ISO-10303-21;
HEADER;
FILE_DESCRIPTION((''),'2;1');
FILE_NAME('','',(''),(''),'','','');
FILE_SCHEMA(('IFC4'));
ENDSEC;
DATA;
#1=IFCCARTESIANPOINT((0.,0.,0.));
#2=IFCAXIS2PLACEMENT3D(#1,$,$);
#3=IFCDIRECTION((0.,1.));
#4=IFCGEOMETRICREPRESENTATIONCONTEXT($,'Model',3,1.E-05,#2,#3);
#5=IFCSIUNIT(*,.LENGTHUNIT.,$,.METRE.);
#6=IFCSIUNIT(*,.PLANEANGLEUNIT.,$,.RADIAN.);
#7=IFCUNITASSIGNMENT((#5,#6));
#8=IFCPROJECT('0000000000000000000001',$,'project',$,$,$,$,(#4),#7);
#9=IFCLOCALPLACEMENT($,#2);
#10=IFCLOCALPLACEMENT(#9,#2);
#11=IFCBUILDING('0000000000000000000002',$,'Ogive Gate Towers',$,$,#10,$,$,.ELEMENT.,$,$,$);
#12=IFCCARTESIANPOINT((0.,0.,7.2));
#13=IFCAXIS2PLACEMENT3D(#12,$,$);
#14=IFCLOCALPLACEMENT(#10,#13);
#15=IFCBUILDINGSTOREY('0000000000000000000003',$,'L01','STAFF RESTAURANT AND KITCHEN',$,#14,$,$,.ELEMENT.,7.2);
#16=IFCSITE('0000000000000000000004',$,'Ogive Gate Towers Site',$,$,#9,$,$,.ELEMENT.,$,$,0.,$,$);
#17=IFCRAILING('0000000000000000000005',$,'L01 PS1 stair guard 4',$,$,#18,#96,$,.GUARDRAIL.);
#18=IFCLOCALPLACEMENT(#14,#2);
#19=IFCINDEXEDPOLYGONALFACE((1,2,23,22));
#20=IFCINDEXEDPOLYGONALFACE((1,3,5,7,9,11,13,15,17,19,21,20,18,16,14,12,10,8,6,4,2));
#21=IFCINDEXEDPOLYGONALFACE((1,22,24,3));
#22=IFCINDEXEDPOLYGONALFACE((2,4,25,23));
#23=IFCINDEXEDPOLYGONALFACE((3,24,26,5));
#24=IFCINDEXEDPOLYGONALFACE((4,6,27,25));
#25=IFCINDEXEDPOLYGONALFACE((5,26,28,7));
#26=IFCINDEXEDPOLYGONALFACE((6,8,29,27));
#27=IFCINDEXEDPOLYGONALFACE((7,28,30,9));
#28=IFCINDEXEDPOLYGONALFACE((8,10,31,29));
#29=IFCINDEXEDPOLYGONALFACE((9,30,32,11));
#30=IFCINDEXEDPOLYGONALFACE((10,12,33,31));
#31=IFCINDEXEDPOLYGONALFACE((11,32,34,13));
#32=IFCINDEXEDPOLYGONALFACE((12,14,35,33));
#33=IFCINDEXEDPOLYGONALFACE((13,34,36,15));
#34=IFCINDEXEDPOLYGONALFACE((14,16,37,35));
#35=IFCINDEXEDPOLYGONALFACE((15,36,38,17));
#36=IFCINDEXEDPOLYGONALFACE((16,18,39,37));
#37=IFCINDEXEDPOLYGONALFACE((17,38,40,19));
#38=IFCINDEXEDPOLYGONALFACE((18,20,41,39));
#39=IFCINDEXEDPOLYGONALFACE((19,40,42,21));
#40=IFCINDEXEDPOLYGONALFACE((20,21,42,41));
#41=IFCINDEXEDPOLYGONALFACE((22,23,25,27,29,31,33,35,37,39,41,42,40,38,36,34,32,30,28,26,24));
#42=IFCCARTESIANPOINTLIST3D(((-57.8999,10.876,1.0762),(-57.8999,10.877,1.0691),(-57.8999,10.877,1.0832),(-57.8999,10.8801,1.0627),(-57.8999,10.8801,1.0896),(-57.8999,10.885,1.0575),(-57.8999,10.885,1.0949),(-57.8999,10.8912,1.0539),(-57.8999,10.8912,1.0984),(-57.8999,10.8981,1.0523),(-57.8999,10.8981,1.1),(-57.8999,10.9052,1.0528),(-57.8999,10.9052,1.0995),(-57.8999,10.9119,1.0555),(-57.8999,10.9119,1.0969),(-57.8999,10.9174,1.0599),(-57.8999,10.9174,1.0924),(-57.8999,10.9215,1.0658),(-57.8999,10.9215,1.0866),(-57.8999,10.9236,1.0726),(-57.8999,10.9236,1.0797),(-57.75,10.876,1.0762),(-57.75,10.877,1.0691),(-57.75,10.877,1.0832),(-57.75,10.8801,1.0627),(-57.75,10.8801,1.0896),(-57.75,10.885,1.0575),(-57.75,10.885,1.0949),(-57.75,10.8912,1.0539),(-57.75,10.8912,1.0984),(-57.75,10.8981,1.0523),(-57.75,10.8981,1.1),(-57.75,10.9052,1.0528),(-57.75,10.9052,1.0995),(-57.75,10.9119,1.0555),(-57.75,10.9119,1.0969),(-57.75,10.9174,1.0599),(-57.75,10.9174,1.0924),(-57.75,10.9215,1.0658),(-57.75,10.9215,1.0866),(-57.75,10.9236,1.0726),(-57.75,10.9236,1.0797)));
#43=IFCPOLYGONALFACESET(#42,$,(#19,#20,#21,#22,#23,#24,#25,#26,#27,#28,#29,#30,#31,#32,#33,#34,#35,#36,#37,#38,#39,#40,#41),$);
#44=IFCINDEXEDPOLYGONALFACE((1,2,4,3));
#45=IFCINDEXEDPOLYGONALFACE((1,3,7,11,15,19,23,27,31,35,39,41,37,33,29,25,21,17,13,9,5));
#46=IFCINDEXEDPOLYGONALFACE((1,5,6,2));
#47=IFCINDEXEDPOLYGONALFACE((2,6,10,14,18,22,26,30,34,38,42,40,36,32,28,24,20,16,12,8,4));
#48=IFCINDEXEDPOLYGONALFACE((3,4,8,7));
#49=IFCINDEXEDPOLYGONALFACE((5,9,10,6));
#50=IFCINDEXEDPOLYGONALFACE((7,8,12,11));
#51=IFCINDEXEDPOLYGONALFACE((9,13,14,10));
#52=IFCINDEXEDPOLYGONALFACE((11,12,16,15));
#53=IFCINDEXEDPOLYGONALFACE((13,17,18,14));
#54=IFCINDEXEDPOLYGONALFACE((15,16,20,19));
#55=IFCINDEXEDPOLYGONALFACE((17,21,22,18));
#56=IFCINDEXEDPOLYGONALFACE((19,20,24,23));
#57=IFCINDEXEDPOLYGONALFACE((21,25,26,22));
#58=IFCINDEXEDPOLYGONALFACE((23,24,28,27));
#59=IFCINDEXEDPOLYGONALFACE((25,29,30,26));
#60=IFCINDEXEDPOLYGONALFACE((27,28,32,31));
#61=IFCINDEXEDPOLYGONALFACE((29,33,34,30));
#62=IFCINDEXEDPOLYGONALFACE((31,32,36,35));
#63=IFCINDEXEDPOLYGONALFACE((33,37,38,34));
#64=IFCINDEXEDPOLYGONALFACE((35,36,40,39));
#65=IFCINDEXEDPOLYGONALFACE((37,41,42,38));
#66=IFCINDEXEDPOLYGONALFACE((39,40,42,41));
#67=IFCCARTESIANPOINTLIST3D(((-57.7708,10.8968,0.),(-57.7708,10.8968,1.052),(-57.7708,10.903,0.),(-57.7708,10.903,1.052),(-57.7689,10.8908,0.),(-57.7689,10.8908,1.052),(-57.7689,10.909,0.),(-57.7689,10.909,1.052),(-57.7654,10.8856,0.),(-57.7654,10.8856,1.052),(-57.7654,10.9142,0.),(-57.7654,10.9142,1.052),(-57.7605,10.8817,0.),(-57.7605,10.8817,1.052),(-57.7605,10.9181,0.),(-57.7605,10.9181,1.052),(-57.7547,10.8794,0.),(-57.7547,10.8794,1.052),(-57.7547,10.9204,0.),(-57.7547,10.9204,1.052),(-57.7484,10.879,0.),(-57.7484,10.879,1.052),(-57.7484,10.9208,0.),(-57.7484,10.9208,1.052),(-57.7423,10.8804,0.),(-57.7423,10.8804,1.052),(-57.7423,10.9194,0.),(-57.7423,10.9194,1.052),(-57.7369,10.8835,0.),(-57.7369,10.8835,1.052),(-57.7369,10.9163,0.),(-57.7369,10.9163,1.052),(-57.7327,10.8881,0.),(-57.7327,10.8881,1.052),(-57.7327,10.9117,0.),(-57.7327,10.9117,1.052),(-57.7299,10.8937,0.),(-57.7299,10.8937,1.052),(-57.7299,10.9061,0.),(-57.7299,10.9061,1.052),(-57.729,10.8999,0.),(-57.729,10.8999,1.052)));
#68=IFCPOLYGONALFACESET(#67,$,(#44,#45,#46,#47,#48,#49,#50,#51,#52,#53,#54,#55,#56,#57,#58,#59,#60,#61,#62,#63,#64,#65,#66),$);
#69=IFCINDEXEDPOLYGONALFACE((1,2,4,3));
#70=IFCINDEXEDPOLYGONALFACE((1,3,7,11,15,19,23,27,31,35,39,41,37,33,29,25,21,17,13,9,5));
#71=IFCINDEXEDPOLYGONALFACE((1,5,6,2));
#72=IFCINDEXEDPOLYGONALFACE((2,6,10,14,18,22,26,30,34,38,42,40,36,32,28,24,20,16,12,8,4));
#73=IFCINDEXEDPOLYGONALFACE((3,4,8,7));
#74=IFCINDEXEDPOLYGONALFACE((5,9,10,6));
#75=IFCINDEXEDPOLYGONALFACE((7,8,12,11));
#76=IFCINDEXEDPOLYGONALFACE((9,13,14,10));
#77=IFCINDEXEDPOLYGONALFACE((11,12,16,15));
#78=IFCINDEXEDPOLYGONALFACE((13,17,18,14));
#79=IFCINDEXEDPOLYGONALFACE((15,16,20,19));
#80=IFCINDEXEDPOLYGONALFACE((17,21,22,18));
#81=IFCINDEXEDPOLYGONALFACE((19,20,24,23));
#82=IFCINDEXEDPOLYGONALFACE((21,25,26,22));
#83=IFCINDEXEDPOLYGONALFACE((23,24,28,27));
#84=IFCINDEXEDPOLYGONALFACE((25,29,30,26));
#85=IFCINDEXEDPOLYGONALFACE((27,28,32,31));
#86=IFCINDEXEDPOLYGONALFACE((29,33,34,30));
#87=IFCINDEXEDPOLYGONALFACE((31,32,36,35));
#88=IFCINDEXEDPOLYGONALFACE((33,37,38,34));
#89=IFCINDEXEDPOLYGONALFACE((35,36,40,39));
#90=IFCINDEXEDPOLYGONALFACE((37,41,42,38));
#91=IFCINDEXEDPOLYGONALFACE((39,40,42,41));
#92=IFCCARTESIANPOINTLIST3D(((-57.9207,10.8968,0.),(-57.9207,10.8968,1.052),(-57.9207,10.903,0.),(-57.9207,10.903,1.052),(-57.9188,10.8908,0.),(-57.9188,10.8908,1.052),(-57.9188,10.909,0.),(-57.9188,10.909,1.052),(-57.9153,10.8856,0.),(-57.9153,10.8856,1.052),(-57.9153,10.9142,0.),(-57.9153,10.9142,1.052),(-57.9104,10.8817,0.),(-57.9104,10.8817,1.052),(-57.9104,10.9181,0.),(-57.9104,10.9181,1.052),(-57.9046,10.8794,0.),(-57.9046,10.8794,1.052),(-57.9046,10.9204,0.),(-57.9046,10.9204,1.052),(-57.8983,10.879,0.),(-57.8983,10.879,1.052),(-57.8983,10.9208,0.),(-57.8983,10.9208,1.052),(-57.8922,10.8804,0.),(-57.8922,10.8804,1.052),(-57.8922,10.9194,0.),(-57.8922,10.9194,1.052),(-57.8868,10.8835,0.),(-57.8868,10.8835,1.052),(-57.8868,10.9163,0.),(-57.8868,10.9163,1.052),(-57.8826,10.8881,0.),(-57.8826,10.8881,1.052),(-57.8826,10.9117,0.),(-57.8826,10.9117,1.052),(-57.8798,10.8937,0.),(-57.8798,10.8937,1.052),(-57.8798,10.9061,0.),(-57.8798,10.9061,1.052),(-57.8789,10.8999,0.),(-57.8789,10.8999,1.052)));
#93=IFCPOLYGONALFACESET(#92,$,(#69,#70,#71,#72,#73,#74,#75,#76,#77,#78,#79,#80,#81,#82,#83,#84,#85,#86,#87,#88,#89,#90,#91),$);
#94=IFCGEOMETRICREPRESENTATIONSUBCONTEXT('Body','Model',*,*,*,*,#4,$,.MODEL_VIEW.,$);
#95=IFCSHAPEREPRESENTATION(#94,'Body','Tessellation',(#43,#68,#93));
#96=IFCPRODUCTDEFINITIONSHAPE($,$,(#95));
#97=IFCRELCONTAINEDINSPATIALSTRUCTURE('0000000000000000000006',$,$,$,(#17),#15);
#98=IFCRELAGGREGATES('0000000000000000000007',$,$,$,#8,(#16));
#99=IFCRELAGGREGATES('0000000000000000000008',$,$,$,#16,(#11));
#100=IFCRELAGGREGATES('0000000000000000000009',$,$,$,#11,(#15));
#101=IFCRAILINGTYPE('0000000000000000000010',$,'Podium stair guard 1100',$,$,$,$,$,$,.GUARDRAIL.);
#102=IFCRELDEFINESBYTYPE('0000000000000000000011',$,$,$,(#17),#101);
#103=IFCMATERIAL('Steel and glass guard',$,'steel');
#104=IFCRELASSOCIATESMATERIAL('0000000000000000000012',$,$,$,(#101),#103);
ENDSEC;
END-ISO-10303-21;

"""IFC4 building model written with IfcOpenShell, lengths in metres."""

from ifc_helpers import new_model, si_unit, direction, frame, origin, origin_2d, place, context, subcontext, project, spatial, circle, extrude, material, type_object, element, save


model = new_model("IFC4")

# Units and contexts
model_context = context("Model", 3, precision=1e-05, world=origin(), true_north=direction((0.0, 1.0)))
body_context = subcontext(model_context, "Body", "Model", "MODEL_VIEW")
ifc_project = project(units=[si_unit("LENGTHUNIT", "METRE"), si_unit("PLANEANGLEUNIT", "RADIAN")], contexts=[model_context])

# Site, building, storey
site_placement = place(None, origin())
site = spatial("IfcSite", under=ifc_project, at=site_placement, Name="Ogive Gate Towers Site", CompositionType="ELEMENT", RefElevation=0.0)
building_placement = place(site_placement, origin())
building = spatial("IfcBuilding", under=site, at=building_placement, Name="Ogive Gate Towers", CompositionType="ELEMENT")
storey_placement = place(building_placement, frame((0.0, 0.0, 7.2)))
storey = spatial("IfcBuildingStorey", under=building, at=storey_placement, Name="L01", Description="STAFF RESTAURANT AND KITCHEN", CompositionType="ELEMENT", Elevation=7.2)

# Railing
ifc_material_1 = material(Name="Steel and glass guard", Category="steel")
railing_type_1 = type_object("IfcRailingType", Name="Podium stair guard 1100", PredefinedType="GUARDRAIL", material=ifc_material_1)
railing_1_placement = place(storey_placement, frame((-57.75, 10.8999, 0.0)))
element("IfcRailing", 1, at=railing_1_placement, inside=storey, type_object=railing_type_1, Name="L01 PS1 stair guard 4", PredefinedType="GUARDRAIL", context=body_context, shape_type="SweptSolid", body=[
    extrude(circle(Radius=0.0239, at=origin_2d()), frame((0.0, 0.0, 1.0762), z_axis=(-1.0, 0.0, 0.0), x_axis=(0.0, -1.0, 0.0)), (0.0, 0.0, 1.0), 0.1499),
    extrude(circle(Radius=0.021, at=origin_2d()), origin(), (0.0, 0.0, 1.0), 1.052),
    extrude(circle(Radius=0.021, at=origin_2d()), frame((-0.1499, 0.0, 0.0)), (0.0, 0.0, 1.0), 1.052),
])

save(model, "model.ifc")
